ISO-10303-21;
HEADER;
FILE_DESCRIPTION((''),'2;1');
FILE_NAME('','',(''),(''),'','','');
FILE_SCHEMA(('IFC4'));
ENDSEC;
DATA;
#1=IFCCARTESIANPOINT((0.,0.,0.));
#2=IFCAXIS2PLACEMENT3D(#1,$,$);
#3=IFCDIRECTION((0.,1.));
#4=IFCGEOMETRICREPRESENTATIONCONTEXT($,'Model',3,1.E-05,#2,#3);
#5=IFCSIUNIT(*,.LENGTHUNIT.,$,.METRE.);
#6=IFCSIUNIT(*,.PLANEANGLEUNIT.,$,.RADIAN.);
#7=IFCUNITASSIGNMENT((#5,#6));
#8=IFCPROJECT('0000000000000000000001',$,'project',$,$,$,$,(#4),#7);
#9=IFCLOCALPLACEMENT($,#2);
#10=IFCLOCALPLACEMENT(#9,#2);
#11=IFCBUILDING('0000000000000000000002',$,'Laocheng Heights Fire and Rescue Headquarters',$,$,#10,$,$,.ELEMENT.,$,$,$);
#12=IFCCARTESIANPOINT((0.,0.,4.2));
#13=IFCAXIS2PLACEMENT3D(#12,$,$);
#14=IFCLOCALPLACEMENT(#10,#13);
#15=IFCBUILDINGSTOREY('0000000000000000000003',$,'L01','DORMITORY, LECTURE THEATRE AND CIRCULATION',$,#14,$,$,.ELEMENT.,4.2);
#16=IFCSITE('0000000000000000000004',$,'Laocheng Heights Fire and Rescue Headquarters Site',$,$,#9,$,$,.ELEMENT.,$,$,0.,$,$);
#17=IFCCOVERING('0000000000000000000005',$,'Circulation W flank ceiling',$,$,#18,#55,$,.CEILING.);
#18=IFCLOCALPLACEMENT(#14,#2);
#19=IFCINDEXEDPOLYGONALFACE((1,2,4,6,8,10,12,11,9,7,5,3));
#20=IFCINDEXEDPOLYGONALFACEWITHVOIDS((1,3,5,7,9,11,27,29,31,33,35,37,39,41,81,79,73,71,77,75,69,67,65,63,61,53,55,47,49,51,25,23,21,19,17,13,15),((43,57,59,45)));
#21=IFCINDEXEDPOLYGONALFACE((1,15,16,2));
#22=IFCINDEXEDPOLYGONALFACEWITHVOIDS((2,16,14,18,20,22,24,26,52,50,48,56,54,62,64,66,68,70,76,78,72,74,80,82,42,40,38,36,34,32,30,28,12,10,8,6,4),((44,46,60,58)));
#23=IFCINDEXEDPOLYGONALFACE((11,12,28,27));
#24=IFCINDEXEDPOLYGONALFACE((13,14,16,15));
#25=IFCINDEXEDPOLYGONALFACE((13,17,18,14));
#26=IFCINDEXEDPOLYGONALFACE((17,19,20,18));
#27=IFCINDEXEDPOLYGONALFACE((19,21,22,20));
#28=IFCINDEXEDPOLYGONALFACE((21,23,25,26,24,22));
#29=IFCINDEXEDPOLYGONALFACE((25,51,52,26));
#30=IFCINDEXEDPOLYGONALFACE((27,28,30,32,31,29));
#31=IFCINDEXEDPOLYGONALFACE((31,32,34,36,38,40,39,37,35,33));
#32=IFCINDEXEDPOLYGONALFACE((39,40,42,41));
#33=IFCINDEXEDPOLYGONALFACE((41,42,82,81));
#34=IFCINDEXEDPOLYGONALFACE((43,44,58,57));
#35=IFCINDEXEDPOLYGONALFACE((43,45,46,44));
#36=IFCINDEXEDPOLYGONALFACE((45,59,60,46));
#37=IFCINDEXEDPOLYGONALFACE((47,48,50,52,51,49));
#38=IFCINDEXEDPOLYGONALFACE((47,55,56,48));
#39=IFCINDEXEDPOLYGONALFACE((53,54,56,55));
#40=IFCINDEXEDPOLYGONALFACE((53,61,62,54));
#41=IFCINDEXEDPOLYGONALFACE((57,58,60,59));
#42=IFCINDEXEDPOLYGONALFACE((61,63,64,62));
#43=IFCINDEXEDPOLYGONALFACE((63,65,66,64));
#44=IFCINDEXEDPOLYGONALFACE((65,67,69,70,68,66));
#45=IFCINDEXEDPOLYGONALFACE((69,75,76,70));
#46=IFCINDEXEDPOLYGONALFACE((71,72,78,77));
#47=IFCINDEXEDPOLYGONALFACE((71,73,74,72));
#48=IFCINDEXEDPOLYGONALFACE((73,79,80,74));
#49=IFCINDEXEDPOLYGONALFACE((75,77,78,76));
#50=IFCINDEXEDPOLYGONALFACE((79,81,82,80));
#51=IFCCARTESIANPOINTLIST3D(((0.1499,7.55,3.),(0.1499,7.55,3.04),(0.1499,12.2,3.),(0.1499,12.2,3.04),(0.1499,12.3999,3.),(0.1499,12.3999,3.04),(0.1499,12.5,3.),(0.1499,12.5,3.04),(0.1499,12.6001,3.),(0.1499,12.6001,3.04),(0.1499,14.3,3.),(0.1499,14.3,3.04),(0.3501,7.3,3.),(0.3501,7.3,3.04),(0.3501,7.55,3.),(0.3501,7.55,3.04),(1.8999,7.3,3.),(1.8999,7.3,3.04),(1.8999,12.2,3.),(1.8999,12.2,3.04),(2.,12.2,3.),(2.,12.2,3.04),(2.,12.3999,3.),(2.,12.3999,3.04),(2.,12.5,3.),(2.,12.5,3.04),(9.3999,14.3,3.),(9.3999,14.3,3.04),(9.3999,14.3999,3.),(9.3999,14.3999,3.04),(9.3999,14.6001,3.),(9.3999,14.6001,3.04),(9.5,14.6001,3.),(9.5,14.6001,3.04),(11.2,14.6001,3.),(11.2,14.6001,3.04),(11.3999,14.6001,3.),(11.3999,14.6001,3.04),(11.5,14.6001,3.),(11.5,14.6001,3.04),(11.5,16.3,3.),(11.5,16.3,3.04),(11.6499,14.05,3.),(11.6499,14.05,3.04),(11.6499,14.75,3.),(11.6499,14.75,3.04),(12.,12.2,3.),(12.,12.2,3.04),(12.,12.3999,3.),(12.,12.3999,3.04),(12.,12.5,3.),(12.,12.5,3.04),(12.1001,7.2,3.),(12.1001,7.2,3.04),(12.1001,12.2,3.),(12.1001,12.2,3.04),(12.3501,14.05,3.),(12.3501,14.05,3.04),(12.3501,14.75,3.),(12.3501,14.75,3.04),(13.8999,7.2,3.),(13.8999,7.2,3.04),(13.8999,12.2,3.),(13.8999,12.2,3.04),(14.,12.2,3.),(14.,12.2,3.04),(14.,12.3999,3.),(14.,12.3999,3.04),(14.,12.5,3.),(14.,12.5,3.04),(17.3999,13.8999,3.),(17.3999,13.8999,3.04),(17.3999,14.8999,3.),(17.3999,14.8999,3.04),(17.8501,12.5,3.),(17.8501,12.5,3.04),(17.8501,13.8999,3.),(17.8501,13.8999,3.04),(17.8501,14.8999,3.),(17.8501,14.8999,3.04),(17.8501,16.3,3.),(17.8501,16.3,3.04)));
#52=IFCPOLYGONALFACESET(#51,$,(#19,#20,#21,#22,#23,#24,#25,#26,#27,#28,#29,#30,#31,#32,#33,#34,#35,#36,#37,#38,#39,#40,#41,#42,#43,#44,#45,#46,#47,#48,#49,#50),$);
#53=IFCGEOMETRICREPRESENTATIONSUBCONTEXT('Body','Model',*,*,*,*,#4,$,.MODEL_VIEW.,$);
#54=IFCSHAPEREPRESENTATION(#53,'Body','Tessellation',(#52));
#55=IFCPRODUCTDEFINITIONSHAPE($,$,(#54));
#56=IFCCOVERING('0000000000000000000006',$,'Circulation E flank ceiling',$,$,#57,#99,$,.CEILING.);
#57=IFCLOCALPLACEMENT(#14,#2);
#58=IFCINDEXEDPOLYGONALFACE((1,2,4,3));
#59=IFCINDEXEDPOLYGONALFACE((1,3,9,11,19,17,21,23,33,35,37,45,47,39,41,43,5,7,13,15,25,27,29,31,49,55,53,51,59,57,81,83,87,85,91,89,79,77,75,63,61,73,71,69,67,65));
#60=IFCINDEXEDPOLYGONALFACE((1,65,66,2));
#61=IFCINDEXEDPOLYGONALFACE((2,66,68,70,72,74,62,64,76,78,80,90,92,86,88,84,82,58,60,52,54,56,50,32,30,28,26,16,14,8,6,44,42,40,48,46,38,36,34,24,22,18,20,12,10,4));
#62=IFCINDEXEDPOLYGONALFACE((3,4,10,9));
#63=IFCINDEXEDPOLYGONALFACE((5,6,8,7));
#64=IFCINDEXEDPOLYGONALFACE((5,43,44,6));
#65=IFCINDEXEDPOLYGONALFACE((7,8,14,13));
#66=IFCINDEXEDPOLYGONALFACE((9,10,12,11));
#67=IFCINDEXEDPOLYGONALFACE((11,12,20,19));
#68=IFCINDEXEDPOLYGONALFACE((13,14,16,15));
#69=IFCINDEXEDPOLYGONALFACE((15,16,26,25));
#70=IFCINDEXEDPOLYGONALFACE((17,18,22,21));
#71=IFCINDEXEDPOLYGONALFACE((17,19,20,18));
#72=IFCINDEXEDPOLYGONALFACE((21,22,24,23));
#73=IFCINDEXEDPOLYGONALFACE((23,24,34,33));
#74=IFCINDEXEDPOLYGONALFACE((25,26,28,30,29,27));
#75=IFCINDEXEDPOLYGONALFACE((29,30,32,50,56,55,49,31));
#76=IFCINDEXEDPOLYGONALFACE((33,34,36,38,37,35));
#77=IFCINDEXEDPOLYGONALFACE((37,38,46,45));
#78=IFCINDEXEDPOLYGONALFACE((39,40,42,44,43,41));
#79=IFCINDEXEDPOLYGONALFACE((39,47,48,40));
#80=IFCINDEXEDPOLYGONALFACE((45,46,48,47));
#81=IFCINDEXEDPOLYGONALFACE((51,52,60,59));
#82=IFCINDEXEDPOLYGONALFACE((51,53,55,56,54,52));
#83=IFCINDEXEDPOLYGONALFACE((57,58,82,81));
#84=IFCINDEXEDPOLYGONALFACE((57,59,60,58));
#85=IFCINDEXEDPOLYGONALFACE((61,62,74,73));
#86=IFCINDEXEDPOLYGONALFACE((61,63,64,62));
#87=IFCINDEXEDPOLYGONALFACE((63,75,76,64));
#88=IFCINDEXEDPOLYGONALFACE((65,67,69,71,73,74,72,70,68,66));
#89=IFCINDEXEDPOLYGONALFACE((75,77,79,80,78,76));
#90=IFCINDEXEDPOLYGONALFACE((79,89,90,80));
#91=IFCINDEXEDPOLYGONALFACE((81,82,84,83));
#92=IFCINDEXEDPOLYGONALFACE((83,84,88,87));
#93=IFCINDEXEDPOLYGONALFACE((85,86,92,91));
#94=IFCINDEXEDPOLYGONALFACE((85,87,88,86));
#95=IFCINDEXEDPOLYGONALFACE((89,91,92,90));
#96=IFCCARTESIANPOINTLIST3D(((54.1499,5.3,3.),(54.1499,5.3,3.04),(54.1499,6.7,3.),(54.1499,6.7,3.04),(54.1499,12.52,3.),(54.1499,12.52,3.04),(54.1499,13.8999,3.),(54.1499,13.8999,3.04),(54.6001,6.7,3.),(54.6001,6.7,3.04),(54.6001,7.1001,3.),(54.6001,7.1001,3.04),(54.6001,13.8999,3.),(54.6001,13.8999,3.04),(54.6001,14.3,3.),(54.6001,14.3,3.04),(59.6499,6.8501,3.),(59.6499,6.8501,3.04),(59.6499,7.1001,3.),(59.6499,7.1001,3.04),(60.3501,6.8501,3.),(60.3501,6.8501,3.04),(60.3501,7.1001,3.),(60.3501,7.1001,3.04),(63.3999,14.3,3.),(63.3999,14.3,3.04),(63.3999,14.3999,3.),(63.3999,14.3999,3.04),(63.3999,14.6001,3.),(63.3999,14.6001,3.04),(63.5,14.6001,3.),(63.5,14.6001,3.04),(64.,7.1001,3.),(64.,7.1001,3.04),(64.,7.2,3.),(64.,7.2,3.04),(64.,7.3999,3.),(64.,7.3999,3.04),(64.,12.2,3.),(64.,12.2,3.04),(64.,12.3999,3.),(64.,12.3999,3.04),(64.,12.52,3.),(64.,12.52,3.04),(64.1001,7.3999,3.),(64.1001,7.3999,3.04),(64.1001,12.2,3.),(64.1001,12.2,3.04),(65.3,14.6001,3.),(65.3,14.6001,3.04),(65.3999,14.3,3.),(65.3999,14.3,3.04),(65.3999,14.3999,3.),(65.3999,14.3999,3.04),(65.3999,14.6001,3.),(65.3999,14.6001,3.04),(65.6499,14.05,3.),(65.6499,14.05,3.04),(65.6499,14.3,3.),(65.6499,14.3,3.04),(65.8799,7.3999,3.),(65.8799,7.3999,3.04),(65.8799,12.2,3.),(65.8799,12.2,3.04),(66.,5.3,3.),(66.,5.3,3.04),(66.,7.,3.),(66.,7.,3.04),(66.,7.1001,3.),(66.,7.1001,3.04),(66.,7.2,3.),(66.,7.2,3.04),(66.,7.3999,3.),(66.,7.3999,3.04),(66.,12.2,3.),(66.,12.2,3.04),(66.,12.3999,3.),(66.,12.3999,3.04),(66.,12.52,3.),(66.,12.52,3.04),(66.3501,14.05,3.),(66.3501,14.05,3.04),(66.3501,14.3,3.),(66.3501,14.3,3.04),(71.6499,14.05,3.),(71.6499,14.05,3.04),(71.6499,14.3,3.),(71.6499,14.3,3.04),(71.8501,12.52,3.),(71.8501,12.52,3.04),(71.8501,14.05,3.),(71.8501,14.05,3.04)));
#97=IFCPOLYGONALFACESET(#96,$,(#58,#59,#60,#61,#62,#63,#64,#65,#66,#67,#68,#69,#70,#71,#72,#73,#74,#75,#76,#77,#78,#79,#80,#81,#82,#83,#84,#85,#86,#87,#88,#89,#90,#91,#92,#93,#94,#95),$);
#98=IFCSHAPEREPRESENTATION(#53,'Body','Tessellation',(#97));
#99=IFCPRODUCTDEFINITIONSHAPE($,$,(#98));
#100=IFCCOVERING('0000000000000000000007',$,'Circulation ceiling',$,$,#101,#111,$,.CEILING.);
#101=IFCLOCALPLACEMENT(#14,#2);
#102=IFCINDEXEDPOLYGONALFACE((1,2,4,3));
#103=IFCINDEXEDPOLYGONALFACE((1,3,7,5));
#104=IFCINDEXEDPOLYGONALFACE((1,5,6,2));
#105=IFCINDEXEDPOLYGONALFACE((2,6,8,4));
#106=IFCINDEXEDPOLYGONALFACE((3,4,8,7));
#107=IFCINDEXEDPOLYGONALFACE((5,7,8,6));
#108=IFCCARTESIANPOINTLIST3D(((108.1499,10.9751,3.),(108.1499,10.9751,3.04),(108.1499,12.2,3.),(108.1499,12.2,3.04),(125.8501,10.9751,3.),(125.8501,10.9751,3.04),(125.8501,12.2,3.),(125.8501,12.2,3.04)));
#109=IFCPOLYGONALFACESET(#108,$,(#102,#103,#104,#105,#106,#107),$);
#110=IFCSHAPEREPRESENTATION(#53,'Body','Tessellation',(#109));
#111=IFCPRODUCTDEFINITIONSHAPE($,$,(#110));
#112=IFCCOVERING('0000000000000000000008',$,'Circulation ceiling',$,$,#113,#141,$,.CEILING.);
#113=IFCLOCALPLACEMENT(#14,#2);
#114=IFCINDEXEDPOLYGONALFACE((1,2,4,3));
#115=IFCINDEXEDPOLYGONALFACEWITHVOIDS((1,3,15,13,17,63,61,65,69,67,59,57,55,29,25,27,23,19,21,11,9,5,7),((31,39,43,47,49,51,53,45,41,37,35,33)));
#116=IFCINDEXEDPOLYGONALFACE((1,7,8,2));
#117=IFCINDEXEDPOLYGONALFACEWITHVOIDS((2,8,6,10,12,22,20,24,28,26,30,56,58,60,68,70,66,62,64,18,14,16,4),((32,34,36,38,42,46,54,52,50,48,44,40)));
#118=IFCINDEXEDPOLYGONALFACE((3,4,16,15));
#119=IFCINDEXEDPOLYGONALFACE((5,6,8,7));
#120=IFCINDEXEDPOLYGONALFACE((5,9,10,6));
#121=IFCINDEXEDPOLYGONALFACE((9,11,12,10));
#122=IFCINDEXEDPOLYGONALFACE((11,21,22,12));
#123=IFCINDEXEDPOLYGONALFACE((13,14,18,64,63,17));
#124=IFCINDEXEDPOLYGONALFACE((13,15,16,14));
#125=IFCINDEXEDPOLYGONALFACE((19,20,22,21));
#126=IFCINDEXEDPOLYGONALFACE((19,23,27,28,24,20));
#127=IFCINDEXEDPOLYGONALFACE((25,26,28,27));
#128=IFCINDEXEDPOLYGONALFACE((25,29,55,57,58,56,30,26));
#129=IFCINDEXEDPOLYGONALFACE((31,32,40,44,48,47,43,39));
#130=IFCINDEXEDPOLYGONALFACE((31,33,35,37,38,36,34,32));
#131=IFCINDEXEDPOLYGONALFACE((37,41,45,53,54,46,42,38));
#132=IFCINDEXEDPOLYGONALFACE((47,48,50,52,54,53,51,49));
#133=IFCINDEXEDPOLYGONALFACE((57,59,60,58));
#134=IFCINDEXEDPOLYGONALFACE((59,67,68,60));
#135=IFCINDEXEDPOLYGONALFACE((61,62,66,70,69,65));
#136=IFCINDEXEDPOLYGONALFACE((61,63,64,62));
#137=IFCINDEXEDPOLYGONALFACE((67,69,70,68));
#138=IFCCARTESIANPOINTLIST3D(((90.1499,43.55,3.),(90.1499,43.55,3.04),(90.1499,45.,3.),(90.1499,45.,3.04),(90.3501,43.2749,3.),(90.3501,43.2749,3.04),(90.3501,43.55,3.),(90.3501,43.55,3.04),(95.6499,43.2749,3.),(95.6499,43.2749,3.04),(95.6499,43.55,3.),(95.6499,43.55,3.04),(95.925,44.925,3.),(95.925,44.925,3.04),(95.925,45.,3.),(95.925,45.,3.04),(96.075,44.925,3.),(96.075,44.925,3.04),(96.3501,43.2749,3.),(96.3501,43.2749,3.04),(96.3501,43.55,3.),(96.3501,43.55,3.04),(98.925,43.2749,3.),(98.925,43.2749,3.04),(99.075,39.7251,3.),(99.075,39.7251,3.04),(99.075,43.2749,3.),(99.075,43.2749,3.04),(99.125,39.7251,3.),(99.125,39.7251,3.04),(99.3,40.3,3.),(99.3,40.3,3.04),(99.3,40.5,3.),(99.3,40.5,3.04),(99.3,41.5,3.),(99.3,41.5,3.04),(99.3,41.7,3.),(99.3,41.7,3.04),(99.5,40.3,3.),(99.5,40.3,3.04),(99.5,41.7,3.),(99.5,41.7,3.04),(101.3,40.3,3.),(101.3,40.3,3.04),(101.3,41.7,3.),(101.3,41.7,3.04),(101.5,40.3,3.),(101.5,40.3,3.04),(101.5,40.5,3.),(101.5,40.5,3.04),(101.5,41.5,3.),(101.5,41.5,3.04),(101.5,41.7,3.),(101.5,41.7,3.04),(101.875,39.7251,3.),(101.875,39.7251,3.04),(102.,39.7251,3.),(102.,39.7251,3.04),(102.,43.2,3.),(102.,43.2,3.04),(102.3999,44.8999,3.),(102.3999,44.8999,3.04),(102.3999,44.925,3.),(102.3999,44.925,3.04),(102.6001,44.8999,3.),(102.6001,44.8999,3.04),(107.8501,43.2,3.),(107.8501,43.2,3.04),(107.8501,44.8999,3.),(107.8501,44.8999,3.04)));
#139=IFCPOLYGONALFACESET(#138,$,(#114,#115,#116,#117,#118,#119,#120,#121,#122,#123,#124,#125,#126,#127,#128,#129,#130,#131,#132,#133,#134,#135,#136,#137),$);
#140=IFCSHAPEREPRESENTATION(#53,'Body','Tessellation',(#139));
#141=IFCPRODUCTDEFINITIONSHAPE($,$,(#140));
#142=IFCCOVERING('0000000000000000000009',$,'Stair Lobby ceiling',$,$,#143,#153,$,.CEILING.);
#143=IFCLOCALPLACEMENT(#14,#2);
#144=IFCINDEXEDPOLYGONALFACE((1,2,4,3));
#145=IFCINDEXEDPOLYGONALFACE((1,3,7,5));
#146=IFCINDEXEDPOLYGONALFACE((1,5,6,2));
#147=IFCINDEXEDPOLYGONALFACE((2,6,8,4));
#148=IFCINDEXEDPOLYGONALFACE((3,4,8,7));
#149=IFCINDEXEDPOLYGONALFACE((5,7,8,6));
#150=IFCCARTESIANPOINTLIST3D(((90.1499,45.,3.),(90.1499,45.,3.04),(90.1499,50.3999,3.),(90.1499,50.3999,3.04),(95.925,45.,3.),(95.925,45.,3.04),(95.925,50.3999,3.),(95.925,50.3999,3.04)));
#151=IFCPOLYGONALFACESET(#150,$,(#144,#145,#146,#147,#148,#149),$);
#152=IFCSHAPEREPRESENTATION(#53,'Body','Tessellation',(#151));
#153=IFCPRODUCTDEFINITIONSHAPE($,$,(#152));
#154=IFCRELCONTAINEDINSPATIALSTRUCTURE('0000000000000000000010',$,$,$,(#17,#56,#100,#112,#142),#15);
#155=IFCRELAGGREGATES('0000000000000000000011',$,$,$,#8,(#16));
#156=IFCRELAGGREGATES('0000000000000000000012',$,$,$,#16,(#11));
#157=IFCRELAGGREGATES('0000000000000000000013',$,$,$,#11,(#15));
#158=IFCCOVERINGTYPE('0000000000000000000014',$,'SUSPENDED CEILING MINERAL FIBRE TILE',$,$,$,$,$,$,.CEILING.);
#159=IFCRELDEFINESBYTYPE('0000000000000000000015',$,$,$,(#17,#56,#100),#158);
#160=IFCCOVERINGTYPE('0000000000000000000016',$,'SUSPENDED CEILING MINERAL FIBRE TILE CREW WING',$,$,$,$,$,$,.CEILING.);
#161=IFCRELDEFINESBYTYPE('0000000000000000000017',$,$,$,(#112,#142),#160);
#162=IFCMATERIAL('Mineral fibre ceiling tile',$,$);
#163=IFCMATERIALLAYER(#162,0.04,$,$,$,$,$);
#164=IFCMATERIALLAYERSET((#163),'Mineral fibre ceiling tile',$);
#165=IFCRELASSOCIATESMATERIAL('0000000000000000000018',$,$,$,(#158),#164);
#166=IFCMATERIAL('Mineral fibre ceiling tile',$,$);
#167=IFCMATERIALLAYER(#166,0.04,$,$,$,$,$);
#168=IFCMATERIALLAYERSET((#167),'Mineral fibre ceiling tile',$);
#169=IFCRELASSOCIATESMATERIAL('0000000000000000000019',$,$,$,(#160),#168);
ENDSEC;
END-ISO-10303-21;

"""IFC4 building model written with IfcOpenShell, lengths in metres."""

from ifc_helpers import new_model, si_unit, direction, frame, origin, place, context, subcontext, project, spatial, polyline, outline, extrude, material, layer, layer_set, type_object, element, save


model = new_model("IFC4")

# Units and contexts
model_context = context("Model", 3, precision=1e-05, world=origin(), true_north=direction((0.0, 1.0)))
body_context = subcontext(model_context, "Body", "Model", "MODEL_VIEW")
ifc_project = project(units=[si_unit("LENGTHUNIT", "METRE"), si_unit("PLANEANGLEUNIT", "RADIAN")], contexts=[model_context])

# Site, building, storey
site_placement = place(None, origin())
site = spatial("IfcSite", under=ifc_project, at=site_placement, Name="Laocheng Heights Fire and Rescue Headquarters Site", CompositionType="ELEMENT", RefElevation=0.0)
building_placement = place(site_placement, origin())
building = spatial("IfcBuilding", under=site, at=building_placement, Name="Laocheng Heights Fire and Rescue Headquarters", CompositionType="ELEMENT")
storey_placement = place(building_placement, frame((0.0, 0.0, 4.2)))
storey = spatial("IfcBuildingStorey", under=building, at=storey_placement, Name="L01", Description="DORMITORY, LECTURE THEATRE AND CIRCULATION", CompositionType="ELEMENT", Elevation=4.2)

# Coverings
ifc_material_1 = material(Name="Mineral fibre ceiling tile")
ifc_layer_1 = layer(ifc_material_1, 0.04)
ifc_layer_set_1 = layer_set([ifc_layer_1], Name="Mineral fibre ceiling tile")
covering_type_1 = type_object("IfcCoveringType", Name="SUSPENDED CEILING MINERAL FIBRE TILE", PredefinedType="CEILING", material=ifc_layer_set_1)
covering_1_placement = place(storey_placement, frame((0.0, 0.0, 3.0)))
element("IfcCovering", 1, at=covering_1_placement, inside=storey, type_object=covering_type_1, Name="Circulation W flank ceiling", PredefinedType="CEILING", context=body_context, shape_type="SweptSolid", body=[
    extrude(outline(polyline([(0.1499, 12.5), (0.1499, 12.6001), (0.1499, 14.3), (9.3999, 14.3), (9.3999, 14.3999), (9.3999, 14.6001), (9.5, 14.6001), (11.2, 14.6001), (11.3999, 14.6001), (11.5, 14.6001), (11.5, 16.3), (17.8501, 16.3), (17.8501, 14.8999), (17.3999, 14.8999), (17.3999, 13.8999), (17.8501, 13.8999), (17.8501, 12.5), (14.0, 12.5), (14.0, 12.3999), (14.0, 12.2), (13.8999, 12.2), (13.8999, 7.2), (12.1001, 7.2), (12.1001, 12.2), (12.0, 12.2), (12.0, 12.3999), (12.0, 12.5), (2.0, 12.5), (2.0, 12.3999), (2.0, 12.2), (1.8999, 12.2), (1.8999, 7.3), (0.3501, 7.3), (0.3501, 7.55), (0.1499, 7.55), (0.1499, 12.2), (0.1499, 12.3999), (0.1499, 12.5)]), holes=[polyline([(11.6499, 14.75), (11.6499, 14.05), (12.3501, 14.05), (12.3501, 14.75), (11.6499, 14.75)])]), origin(), (0.0, 0.0, 1.0), 0.04),
])
covering_2_placement = place(storey_placement, frame((0.0, 0.0, 3.0)))
element("IfcCovering", 2, at=covering_2_placement, inside=storey, type_object=covering_type_1, Name="Circulation E flank ceiling", PredefinedType="CEILING", context=body_context, shape_type="SweptSolid", body=[
    extrude(outline(polyline([(54.1499, 6.7), (54.6001, 6.7), (54.6001, 7.1001), (59.6499, 7.1001), (59.6499, 6.8501), (60.3501, 6.8501), (60.3501, 7.1001), (64.0, 7.1001), (64.0, 7.2), (64.0, 7.3999), (64.1001, 7.3999), (64.1001, 12.2), (64.0, 12.2), (64.0, 12.3999), (64.0, 12.52), (54.1499, 12.52), (54.1499, 13.8999), (54.6001, 13.8999), (54.6001, 14.3), (63.3999, 14.3), (63.3999, 14.3999), (63.3999, 14.6001), (63.5, 14.6001), (65.3, 14.6001), (65.3999, 14.6001), (65.3999, 14.3999), (65.3999, 14.3), (65.6499, 14.3), (65.6499, 14.05), (66.3501, 14.05), (66.3501, 14.3), (71.6499, 14.3), (71.6499, 14.05), (71.8501, 14.05), (71.8501, 12.52), (66.0, 12.52), (66.0, 12.3999), (66.0, 12.2), (65.8799, 12.2), (65.8799, 7.3999), (66.0, 7.3999), (66.0, 7.2), (66.0, 7.1001), (66.0, 7.0), (66.0, 5.3), (54.1499, 5.3), (54.1499, 6.7)])), origin(), (0.0, 0.0, 1.0), 0.04),
])
covering_3_placement = place(storey_placement, frame((0.0, 0.0, 3.0)))
element("IfcCovering", 3, at=covering_3_placement, inside=storey, type_object=covering_type_1, Name="Circulation ceiling", PredefinedType="CEILING", context=body_context, shape_type="SweptSolid", body=[
    extrude(outline(polyline([(108.1499, 10.9751), (108.1499, 12.2), (125.8501, 12.2), (125.8501, 10.9751), (108.1499, 10.9751)])), origin(), (0.0, 0.0, 1.0), 0.04),
])
ifc_material_2 = material(Name="Mineral fibre ceiling tile")
ifc_layer_2 = layer(ifc_material_2, 0.04)
ifc_layer_set_2 = layer_set([ifc_layer_2], Name="Mineral fibre ceiling tile")
covering_type_2 = type_object("IfcCoveringType", Name="SUSPENDED CEILING MINERAL FIBRE TILE CREW WING", PredefinedType="CEILING", material=ifc_layer_set_2)
covering_4_placement = place(storey_placement, frame((0.0, 0.0, 3.0)))
element("IfcCovering", 4, at=covering_4_placement, inside=storey, type_object=covering_type_2, Name="Circulation ceiling", PredefinedType="CEILING", context=body_context, shape_type="SweptSolid", body=[
    extrude(outline(polyline([(95.925, 44.925), (96.075, 44.925), (102.3999, 44.925), (102.3999, 44.8999), (102.6001, 44.8999), (107.8501, 44.8999), (107.8501, 43.2), (102.0, 43.2), (102.0, 39.7251), (101.875, 39.7251), (99.125, 39.7251), (99.075, 39.7251), (99.075, 43.2749), (98.925, 43.2749), (96.3501, 43.2749), (96.3501, 43.55), (95.6499, 43.55), (95.6499, 43.2749), (90.3501, 43.2749), (90.3501, 43.55), (90.1499, 43.55), (90.1499, 45.0), (95.925, 45.0), (95.925, 44.925)]), holes=[polyline([(101.3, 40.3), (101.5, 40.3), (101.5, 40.5), (101.5, 41.5), (101.5, 41.7), (101.3, 41.7), (99.5, 41.7), (99.3, 41.7), (99.3, 41.5), (99.3, 40.5), (99.3, 40.3), (99.5, 40.3), (101.3, 40.3)])]), origin(), (0.0, 0.0, 1.0), 0.04),
])
covering_5_placement = place(storey_placement, frame((0.0, 0.0, 3.0)))
element("IfcCovering", 5, at=covering_5_placement, inside=storey, type_object=covering_type_2, Name="Stair Lobby ceiling", PredefinedType="CEILING", context=body_context, shape_type="SweptSolid", body=[
    extrude(outline(polyline([(95.925, 45.0), (90.1499, 45.0), (90.1499, 50.3999), (95.925, 50.3999), (95.925, 45.0)])), origin(), (0.0, 0.0, 1.0), 0.04),
])

save(model, "model.ifc")
